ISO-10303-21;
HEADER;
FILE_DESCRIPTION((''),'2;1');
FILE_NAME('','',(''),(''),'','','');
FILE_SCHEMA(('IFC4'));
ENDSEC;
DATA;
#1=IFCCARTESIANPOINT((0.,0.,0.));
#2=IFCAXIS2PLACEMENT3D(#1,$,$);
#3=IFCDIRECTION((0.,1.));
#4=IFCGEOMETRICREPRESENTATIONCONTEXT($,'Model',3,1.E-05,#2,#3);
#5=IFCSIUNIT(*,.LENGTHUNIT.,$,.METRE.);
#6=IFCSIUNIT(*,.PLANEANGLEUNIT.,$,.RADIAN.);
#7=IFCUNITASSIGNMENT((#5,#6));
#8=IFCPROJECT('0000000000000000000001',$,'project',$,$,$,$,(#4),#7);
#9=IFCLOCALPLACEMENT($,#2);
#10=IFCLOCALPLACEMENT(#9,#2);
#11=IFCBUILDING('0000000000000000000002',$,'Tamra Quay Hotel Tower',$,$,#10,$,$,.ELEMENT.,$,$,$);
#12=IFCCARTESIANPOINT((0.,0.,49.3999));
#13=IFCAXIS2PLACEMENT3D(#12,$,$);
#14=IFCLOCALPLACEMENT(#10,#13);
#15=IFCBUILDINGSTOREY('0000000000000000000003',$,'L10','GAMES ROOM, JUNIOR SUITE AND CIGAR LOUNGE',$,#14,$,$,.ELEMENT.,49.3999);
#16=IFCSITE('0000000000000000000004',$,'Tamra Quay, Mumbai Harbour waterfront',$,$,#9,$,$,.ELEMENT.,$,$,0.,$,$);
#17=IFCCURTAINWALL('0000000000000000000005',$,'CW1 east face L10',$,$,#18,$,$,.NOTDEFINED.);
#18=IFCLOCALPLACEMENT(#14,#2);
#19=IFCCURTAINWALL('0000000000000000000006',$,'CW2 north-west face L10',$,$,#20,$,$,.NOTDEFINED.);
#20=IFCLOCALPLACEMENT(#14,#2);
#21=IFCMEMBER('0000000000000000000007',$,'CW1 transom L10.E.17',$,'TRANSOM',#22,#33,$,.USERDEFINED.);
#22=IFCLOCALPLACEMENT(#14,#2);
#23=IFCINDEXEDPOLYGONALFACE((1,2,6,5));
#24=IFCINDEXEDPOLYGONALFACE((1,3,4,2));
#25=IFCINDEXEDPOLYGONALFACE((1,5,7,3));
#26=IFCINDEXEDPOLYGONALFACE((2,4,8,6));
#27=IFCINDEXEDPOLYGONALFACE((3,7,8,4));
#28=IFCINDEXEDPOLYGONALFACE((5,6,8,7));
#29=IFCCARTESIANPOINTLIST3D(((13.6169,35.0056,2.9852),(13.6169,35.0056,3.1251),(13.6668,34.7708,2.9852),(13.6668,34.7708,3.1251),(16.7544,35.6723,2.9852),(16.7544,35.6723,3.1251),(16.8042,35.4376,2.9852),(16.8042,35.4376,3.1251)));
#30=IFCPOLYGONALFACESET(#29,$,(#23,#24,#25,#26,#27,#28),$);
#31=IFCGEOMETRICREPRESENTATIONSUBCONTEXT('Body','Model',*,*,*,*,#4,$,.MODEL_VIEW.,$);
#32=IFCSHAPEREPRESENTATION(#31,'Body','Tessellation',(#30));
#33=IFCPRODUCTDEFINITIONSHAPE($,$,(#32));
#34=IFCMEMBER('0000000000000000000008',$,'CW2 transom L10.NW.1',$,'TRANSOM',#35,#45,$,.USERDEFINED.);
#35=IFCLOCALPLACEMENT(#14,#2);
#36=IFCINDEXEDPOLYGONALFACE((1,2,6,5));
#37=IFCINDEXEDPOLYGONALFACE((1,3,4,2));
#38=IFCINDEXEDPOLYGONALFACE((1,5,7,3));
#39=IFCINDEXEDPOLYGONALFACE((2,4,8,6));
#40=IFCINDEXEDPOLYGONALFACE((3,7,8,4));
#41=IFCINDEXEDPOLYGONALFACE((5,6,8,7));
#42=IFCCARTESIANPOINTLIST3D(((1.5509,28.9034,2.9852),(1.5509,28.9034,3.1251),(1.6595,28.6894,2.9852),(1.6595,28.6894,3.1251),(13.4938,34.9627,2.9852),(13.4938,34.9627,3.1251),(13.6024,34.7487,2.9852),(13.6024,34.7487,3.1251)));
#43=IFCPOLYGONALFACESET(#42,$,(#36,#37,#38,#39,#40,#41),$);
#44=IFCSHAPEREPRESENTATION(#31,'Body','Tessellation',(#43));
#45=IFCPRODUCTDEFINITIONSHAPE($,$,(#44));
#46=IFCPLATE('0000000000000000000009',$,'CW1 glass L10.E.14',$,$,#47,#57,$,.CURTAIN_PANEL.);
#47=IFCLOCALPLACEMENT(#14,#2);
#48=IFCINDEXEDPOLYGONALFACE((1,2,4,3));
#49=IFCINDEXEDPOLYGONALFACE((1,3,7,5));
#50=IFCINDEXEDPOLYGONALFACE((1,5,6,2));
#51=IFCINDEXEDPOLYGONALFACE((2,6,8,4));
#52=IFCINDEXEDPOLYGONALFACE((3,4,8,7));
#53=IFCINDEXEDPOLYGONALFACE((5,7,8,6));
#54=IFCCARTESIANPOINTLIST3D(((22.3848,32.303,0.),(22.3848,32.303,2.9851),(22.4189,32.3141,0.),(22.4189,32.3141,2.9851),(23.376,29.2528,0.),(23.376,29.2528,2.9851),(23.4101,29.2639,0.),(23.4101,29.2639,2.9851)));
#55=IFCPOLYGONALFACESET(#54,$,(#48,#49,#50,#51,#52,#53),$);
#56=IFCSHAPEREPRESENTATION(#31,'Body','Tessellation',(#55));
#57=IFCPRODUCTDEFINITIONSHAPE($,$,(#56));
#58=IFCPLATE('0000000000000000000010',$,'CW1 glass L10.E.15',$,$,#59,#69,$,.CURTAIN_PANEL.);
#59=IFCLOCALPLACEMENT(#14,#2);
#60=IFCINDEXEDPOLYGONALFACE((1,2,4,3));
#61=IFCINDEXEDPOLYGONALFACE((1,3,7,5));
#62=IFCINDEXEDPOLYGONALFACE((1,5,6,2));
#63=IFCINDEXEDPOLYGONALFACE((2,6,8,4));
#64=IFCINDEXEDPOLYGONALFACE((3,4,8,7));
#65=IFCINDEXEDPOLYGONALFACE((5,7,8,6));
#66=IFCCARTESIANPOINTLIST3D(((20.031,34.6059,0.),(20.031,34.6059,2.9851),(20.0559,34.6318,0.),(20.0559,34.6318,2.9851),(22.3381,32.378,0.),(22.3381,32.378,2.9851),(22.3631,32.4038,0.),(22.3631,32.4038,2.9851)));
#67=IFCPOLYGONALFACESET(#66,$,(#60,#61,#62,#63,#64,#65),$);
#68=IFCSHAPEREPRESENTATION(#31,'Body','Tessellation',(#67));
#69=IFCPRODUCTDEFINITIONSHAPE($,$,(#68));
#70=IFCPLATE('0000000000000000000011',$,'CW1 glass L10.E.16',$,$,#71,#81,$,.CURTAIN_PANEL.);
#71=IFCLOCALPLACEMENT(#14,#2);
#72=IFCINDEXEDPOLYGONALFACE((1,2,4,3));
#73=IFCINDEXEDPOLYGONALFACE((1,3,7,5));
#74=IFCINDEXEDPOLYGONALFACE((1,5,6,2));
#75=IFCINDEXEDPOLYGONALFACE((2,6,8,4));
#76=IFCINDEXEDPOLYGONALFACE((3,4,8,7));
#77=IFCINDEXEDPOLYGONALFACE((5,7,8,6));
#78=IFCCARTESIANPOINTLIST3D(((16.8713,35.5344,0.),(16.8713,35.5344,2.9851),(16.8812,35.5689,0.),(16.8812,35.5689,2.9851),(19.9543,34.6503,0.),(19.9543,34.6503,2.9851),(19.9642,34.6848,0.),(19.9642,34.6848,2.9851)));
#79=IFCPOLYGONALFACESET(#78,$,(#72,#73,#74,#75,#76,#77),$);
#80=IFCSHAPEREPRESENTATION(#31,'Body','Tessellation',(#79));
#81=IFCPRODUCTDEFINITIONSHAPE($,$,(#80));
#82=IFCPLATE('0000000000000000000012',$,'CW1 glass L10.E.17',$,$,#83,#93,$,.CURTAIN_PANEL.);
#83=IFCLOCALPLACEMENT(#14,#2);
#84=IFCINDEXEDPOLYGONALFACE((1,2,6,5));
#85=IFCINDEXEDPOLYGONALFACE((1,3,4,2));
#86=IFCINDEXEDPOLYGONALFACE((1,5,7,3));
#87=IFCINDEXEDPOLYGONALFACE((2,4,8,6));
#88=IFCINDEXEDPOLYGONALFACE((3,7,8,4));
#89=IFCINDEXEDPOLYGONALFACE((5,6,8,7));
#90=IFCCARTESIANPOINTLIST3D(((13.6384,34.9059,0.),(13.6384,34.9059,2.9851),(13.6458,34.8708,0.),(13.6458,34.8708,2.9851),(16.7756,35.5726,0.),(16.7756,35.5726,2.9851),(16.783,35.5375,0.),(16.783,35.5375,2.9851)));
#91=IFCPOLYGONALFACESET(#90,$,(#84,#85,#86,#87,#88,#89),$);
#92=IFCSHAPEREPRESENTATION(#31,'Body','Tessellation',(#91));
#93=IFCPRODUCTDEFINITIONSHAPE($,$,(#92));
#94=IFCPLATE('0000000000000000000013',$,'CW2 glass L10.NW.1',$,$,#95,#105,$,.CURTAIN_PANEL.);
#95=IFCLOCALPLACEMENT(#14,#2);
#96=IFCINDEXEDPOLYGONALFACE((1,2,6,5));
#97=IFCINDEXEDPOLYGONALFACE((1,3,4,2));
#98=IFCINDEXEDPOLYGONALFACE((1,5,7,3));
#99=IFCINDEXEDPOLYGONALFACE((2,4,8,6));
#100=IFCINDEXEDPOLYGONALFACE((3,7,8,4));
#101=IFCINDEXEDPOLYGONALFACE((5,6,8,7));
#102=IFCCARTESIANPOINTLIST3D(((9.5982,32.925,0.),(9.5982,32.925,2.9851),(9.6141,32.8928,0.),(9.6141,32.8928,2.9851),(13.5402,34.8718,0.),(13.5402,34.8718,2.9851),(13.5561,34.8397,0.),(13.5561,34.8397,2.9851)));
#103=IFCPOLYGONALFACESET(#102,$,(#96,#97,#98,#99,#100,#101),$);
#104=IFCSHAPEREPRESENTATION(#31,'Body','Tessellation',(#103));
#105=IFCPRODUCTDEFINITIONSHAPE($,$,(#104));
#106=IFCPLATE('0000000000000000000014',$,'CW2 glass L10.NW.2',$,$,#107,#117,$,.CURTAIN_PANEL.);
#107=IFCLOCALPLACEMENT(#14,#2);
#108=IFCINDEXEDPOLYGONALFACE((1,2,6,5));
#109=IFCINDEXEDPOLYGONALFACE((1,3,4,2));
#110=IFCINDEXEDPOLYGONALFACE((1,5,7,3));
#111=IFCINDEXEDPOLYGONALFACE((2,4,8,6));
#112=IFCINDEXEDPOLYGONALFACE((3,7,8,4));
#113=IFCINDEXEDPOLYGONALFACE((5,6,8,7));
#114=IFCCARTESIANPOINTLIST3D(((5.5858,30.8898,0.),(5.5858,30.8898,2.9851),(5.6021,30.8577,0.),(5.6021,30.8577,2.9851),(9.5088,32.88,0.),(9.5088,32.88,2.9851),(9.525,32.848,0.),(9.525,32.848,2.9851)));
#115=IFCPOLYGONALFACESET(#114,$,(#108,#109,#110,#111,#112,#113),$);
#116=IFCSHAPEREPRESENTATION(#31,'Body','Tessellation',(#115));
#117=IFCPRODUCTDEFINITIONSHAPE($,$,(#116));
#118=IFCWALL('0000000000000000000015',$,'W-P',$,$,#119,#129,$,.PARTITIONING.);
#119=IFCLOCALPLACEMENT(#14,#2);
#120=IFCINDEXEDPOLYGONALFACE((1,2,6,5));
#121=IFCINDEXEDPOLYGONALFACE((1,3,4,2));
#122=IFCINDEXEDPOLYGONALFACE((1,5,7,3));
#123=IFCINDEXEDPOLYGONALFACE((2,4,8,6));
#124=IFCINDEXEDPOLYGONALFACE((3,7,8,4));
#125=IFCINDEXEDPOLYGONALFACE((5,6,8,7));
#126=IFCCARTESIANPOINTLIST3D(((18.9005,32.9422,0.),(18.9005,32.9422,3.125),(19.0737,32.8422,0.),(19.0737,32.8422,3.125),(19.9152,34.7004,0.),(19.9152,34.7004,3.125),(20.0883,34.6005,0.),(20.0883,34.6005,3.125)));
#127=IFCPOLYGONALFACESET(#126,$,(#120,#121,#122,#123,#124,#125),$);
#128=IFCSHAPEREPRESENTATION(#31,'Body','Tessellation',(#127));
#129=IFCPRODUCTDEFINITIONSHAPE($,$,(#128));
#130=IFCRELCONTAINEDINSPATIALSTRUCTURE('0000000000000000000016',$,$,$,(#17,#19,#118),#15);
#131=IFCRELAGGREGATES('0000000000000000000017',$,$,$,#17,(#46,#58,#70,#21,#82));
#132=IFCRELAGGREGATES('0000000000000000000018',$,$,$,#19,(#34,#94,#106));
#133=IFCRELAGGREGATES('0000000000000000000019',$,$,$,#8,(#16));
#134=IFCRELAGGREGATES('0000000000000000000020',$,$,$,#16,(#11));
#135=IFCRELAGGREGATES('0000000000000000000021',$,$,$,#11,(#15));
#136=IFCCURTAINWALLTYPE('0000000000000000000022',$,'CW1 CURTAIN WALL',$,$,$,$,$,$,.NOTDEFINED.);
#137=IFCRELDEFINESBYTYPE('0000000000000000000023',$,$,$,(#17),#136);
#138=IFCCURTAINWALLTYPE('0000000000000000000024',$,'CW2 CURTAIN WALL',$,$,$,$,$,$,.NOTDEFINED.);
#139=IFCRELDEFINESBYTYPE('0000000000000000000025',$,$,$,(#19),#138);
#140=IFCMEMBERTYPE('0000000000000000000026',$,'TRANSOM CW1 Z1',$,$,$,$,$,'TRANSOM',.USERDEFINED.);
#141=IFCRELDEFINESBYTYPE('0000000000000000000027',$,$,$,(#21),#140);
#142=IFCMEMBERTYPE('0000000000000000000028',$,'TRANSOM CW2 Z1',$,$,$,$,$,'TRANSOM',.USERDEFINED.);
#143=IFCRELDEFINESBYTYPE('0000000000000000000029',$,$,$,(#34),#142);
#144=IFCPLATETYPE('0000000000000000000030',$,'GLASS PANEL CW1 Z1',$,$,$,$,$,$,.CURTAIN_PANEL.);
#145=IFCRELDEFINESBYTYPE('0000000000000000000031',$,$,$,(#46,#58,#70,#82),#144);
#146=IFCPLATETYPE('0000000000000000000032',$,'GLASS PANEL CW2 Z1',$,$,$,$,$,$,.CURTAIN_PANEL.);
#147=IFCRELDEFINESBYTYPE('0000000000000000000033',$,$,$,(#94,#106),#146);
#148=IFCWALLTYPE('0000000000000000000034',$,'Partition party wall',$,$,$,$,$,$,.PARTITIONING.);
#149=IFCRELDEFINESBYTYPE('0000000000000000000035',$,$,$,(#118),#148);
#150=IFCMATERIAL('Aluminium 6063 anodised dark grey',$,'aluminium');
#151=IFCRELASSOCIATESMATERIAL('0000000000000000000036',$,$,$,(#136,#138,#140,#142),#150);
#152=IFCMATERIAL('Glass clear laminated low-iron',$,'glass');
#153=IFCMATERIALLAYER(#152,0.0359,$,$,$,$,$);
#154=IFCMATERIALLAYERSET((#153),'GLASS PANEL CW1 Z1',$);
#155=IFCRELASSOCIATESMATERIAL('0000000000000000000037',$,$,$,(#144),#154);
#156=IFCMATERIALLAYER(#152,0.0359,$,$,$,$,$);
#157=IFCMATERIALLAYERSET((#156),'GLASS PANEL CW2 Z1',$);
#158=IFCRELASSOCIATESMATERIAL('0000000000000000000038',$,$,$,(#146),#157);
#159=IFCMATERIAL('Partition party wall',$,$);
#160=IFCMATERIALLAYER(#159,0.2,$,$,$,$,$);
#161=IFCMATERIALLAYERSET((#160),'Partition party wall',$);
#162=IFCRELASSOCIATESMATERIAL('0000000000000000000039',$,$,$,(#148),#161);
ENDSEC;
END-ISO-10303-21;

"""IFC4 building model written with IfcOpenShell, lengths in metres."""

from ifc_helpers import new_model, si_unit, direction, frame, frame_2d, origin, origin_2d, place, context, subcontext, project, spatial, rectangle, extrude, material, layer, layer_set, material_profile, profile_set, type_object, element, aggregate, save


model = new_model("IFC4")

# Units and contexts
model_context = context("Model", 3, precision=1e-05, world=origin(), true_north=direction((0.0, 1.0)))
body_context = subcontext(model_context, "Body", "Model", "MODEL_VIEW")
ifc_project = project(units=[si_unit("LENGTHUNIT", "METRE"), si_unit("PLANEANGLEUNIT", "RADIAN")], contexts=[model_context])

# Site, building, storey
site_placement = place(None, origin())
site = spatial("IfcSite", under=ifc_project, at=site_placement, Name="Tamra Quay, Mumbai Harbour waterfront", CompositionType="ELEMENT", RefElevation=0.0)
building_placement = place(site_placement, origin())
building = spatial("IfcBuilding", under=site, at=building_placement, Name="Tamra Quay Hotel Tower", CompositionType="ELEMENT")
storey_placement = place(building_placement, frame((0.0, 0.0, 49.3999)))
storey = spatial("IfcBuildingStorey", under=building, at=storey_placement, Name="L10", Description="GAMES ROOM, JUNIOR SUITE AND CIGAR LOUNGE", CompositionType="ELEMENT", Elevation=49.3999)

# Curtain wall
ifc_material_1 = material(Name="Aluminium 6063 anodised dark grey", Category="aluminium")
curtain_wall_type_1 = type_object("IfcCurtainWallType", Name="CW1 CURTAIN WALL", PredefinedType="NOTDEFINED", material=ifc_material_1)
curtain_wall_1_placement = place(storey_placement, origin())
curtain_wall_1 = element("IfcCurtainWall", 1, at=curtain_wall_1_placement, inside=storey, type_object=curtain_wall_type_1, Name="CW1 east face L10", PredefinedType="NOTDEFINED")

# Curtain wall
curtain_wall_type_2 = type_object("IfcCurtainWallType", Name="CW2 CURTAIN WALL", PredefinedType="NOTDEFINED", material=ifc_material_1)
curtain_wall_2_placement = place(storey_placement, origin())
curtain_wall_2 = element("IfcCurtainWall", 2, at=curtain_wall_2_placement, inside=storey, type_object=curtain_wall_type_2, Name="CW2 north-west face L10", PredefinedType="NOTDEFINED")

# Members
ifc_material_profile_1 = material_profile(ifc_material_1, rectangle(XDim=0.24, YDim=0.1399, at=origin_2d()), Name="TRANSOM 240X140")
ifc_profile_set_1 = profile_set([ifc_material_profile_1], Name="Aluminium 6063 anodised dark grey")
member_type_1 = type_object("IfcMemberType", Name="TRANSOM CW1 Z1", ElementType="TRANSOM", PredefinedType="USERDEFINED", material=ifc_profile_set_1)
member_1_placement = place(storey_placement, frame((16.7793, 35.5549, 3.0552), z_axis=(-0.978156, -0.207871, 0.0), x_axis=(0.207871, -0.978156, 0.0)))
member_1 = element("IfcMember", 3, at=member_1_placement, type_object=member_type_1, Name="CW1 transom L10.E.17", ObjectType="TRANSOM", PredefinedType="USERDEFINED", context=body_context, shape_type="SweptSolid", body=[
    extrude(rectangle(XDim=0.24, YDim=0.1399, at=origin_2d()), origin(), (0.0, 0.0, 1.0), 3.2075),
])
ifc_material_profile_2 = material_profile(ifc_material_1, rectangle(XDim=0.24, YDim=0.1399, at=origin_2d()), Name="TRANSOM 240X140")
ifc_profile_set_2 = profile_set([ifc_material_profile_2], Name="Aluminium 6063 anodised dark grey")
member_type_2 = type_object("IfcMemberType", Name="TRANSOM CW2 Z1", ElementType="TRANSOM", PredefinedType="USERDEFINED", material=ifc_profile_set_2)
member_2_placement = place(storey_placement, frame((13.5481, 34.8557, 3.0552), z_axis=(-0.891787, -0.452456, 0.0), x_axis=(0.452456, -0.891787, 0.0)))
member_2 = element("IfcMember", 4, at=member_2_placement, type_object=member_type_2, Name="CW2 transom L10.NW.1", ObjectType="TRANSOM", PredefinedType="USERDEFINED", context=body_context, shape_type="SweptSolid", body=[
    extrude(rectangle(XDim=0.24, YDim=0.1399, at=origin_2d()), origin(), (0.0, 0.0, 1.0), 13.3921),
])

# Plates
ifc_material_2 = material(Name="Glass clear laminated low-iron", Category="glass")
ifc_layer_1 = layer(ifc_material_2, 0.0359)
ifc_layer_set_1 = layer_set([ifc_layer_1], Name="GLASS PANEL CW1 Z1")
plate_type_1 = type_object("IfcPlateType", Name="GLASS PANEL CW1 Z1", PredefinedType="CURTAIN_PANEL", material=ifc_layer_set_1)
plate_1_placement = place(storey_placement, frame((22.8975, 30.7834, 0.0), z_axis=(0.0, 0.0, 1.0), x_axis=(-0.309041, 0.951049, 0.0)))
plate_1 = element("IfcPlate", 5, at=plate_1_placement, type_object=plate_type_1, Name="CW1 glass L10.E.14", PredefinedType="CURTAIN_PANEL", context=body_context, shape_type="SweptSolid", body=[
    extrude(rectangle(XDim=3.2073, YDim=0.0359, at=origin_2d()), origin(), (0.0, 0.0, 1.0), 2.9851),
])
plate_2_placement = place(storey_placement, frame((21.197, 33.5049, 0.0), z_axis=(0.0, 0.0, 1.0), x_axis=(-0.719346, 0.694652, 0.0)))
plate_2 = element("IfcPlate", 6, at=plate_2_placement, type_object=plate_type_1, Name="CW1 glass L10.E.15", PredefinedType="CURTAIN_PANEL", context=body_context, shape_type="SweptSolid", body=[
    extrude(rectangle(XDim=3.2073, YDim=0.0359, at=origin_2d()), origin(), (0.0, 0.0, 1.0), 2.9851),
])
plate_3_placement = place(storey_placement, frame((18.4177, 35.1096, 0.0), z_axis=(0.0, 0.0, 1.0), x_axis=(-0.961259, 0.275645, 0.0)))
plate_3 = element("IfcPlate", 7, at=plate_3_placement, type_object=plate_type_1, Name="CW1 glass L10.E.16", PredefinedType="CURTAIN_PANEL", context=body_context, shape_type="SweptSolid", body=[
    extrude(rectangle(XDim=3.2073, YDim=0.0359, at=origin_2d()), origin(), (0.0, 0.0, 1.0), 2.9851),
])
plate_4_placement = place(storey_placement, frame((15.2107, 35.2217, 0.0), z_axis=(0.0, 0.0, 1.0), x_axis=(-0.978153, -0.207887, 0.0)))
plate_4 = element("IfcPlate", 8, at=plate_4_placement, type_object=plate_type_1, Name="CW1 glass L10.E.17", PredefinedType="CURTAIN_PANEL", context=body_context, shape_type="SweptSolid", body=[
    extrude(rectangle(XDim=3.2073, YDim=0.0359, at=origin_2d()), origin(), (0.0, 0.0, 1.0), 2.9851),
])
aggregate(curtain_wall_1, [plate_1, plate_2, plate_3, member_1, plate_4])
ifc_layer_2 = layer(ifc_material_2, 0.0359)
ifc_layer_set_2 = layer_set([ifc_layer_2], Name="GLASS PANEL CW2 Z1")
plate_type_2 = type_object("IfcPlateType", Name="GLASS PANEL CW2 Z1", PredefinedType="CURTAIN_PANEL", material=ifc_layer_set_2)
plate_5_placement = place(storey_placement, frame((11.5771, 33.8823, 0.0), z_axis=(0.0, 0.0, 1.0), x_axis=(-0.896611, -0.442819, 0.0)))
plate_5 = element("IfcPlate", 9, at=plate_5_placement, type_object=plate_type_2, Name="CW2 glass L10.NW.1", PredefinedType="CURTAIN_PANEL", context=body_context, shape_type="SweptSolid", body=[
    extrude(rectangle(XDim=4.3965, YDim=0.0359, at=origin_2d()), origin(), (0.0, 0.0, 1.0), 2.9851),
])
plate_6_placement = place(storey_placement, frame((7.5554, 31.8689, 0.0), z_axis=(0.0, 0.0, 1.0), x_axis=(-0.89179, -0.45245, 0.0)))
plate_6 = element("IfcPlate", 10, at=plate_6_placement, type_object=plate_type_2, Name="CW2 glass L10.NW.2", PredefinedType="CURTAIN_PANEL", context=body_context, shape_type="SweptSolid", body=[
    extrude(rectangle(XDim=4.3989, YDim=0.0359, at=origin_2d()), origin(), (0.0, 0.0, 1.0), 2.9851),
])
aggregate(curtain_wall_2, [member_2, plate_5, plate_6])

# Wall
ifc_material_3 = material(Name="Partition party wall")
ifc_layer_3 = layer(ifc_material_3, 0.2)
ifc_layer_set_3 = layer_set([ifc_layer_3], Name="Partition party wall")
wall_type = type_object("IfcWallType", Name="Partition party wall", PredefinedType="PARTITIONING", material=ifc_layer_set_3)
wall_placement = place(storey_placement, frame((18.9871, 32.8921, 0.0), z_axis=(0.0, 0.0, 1.0), x_axis=(0.499813, 0.866134, 0.0)))
element("IfcWall", 11, at=wall_placement, inside=storey, type_object=wall_type, Name="W-P", PredefinedType="PARTITIONING", context=body_context, shape_type="SweptSolid", body=[
    extrude(rectangle(XDim=2.03, YDim=0.2, at=frame_2d((1.0151, 0.0))), origin(), (0.0, 0.0, 1.0), 3.125),
])

save(model, "model.ifc")
